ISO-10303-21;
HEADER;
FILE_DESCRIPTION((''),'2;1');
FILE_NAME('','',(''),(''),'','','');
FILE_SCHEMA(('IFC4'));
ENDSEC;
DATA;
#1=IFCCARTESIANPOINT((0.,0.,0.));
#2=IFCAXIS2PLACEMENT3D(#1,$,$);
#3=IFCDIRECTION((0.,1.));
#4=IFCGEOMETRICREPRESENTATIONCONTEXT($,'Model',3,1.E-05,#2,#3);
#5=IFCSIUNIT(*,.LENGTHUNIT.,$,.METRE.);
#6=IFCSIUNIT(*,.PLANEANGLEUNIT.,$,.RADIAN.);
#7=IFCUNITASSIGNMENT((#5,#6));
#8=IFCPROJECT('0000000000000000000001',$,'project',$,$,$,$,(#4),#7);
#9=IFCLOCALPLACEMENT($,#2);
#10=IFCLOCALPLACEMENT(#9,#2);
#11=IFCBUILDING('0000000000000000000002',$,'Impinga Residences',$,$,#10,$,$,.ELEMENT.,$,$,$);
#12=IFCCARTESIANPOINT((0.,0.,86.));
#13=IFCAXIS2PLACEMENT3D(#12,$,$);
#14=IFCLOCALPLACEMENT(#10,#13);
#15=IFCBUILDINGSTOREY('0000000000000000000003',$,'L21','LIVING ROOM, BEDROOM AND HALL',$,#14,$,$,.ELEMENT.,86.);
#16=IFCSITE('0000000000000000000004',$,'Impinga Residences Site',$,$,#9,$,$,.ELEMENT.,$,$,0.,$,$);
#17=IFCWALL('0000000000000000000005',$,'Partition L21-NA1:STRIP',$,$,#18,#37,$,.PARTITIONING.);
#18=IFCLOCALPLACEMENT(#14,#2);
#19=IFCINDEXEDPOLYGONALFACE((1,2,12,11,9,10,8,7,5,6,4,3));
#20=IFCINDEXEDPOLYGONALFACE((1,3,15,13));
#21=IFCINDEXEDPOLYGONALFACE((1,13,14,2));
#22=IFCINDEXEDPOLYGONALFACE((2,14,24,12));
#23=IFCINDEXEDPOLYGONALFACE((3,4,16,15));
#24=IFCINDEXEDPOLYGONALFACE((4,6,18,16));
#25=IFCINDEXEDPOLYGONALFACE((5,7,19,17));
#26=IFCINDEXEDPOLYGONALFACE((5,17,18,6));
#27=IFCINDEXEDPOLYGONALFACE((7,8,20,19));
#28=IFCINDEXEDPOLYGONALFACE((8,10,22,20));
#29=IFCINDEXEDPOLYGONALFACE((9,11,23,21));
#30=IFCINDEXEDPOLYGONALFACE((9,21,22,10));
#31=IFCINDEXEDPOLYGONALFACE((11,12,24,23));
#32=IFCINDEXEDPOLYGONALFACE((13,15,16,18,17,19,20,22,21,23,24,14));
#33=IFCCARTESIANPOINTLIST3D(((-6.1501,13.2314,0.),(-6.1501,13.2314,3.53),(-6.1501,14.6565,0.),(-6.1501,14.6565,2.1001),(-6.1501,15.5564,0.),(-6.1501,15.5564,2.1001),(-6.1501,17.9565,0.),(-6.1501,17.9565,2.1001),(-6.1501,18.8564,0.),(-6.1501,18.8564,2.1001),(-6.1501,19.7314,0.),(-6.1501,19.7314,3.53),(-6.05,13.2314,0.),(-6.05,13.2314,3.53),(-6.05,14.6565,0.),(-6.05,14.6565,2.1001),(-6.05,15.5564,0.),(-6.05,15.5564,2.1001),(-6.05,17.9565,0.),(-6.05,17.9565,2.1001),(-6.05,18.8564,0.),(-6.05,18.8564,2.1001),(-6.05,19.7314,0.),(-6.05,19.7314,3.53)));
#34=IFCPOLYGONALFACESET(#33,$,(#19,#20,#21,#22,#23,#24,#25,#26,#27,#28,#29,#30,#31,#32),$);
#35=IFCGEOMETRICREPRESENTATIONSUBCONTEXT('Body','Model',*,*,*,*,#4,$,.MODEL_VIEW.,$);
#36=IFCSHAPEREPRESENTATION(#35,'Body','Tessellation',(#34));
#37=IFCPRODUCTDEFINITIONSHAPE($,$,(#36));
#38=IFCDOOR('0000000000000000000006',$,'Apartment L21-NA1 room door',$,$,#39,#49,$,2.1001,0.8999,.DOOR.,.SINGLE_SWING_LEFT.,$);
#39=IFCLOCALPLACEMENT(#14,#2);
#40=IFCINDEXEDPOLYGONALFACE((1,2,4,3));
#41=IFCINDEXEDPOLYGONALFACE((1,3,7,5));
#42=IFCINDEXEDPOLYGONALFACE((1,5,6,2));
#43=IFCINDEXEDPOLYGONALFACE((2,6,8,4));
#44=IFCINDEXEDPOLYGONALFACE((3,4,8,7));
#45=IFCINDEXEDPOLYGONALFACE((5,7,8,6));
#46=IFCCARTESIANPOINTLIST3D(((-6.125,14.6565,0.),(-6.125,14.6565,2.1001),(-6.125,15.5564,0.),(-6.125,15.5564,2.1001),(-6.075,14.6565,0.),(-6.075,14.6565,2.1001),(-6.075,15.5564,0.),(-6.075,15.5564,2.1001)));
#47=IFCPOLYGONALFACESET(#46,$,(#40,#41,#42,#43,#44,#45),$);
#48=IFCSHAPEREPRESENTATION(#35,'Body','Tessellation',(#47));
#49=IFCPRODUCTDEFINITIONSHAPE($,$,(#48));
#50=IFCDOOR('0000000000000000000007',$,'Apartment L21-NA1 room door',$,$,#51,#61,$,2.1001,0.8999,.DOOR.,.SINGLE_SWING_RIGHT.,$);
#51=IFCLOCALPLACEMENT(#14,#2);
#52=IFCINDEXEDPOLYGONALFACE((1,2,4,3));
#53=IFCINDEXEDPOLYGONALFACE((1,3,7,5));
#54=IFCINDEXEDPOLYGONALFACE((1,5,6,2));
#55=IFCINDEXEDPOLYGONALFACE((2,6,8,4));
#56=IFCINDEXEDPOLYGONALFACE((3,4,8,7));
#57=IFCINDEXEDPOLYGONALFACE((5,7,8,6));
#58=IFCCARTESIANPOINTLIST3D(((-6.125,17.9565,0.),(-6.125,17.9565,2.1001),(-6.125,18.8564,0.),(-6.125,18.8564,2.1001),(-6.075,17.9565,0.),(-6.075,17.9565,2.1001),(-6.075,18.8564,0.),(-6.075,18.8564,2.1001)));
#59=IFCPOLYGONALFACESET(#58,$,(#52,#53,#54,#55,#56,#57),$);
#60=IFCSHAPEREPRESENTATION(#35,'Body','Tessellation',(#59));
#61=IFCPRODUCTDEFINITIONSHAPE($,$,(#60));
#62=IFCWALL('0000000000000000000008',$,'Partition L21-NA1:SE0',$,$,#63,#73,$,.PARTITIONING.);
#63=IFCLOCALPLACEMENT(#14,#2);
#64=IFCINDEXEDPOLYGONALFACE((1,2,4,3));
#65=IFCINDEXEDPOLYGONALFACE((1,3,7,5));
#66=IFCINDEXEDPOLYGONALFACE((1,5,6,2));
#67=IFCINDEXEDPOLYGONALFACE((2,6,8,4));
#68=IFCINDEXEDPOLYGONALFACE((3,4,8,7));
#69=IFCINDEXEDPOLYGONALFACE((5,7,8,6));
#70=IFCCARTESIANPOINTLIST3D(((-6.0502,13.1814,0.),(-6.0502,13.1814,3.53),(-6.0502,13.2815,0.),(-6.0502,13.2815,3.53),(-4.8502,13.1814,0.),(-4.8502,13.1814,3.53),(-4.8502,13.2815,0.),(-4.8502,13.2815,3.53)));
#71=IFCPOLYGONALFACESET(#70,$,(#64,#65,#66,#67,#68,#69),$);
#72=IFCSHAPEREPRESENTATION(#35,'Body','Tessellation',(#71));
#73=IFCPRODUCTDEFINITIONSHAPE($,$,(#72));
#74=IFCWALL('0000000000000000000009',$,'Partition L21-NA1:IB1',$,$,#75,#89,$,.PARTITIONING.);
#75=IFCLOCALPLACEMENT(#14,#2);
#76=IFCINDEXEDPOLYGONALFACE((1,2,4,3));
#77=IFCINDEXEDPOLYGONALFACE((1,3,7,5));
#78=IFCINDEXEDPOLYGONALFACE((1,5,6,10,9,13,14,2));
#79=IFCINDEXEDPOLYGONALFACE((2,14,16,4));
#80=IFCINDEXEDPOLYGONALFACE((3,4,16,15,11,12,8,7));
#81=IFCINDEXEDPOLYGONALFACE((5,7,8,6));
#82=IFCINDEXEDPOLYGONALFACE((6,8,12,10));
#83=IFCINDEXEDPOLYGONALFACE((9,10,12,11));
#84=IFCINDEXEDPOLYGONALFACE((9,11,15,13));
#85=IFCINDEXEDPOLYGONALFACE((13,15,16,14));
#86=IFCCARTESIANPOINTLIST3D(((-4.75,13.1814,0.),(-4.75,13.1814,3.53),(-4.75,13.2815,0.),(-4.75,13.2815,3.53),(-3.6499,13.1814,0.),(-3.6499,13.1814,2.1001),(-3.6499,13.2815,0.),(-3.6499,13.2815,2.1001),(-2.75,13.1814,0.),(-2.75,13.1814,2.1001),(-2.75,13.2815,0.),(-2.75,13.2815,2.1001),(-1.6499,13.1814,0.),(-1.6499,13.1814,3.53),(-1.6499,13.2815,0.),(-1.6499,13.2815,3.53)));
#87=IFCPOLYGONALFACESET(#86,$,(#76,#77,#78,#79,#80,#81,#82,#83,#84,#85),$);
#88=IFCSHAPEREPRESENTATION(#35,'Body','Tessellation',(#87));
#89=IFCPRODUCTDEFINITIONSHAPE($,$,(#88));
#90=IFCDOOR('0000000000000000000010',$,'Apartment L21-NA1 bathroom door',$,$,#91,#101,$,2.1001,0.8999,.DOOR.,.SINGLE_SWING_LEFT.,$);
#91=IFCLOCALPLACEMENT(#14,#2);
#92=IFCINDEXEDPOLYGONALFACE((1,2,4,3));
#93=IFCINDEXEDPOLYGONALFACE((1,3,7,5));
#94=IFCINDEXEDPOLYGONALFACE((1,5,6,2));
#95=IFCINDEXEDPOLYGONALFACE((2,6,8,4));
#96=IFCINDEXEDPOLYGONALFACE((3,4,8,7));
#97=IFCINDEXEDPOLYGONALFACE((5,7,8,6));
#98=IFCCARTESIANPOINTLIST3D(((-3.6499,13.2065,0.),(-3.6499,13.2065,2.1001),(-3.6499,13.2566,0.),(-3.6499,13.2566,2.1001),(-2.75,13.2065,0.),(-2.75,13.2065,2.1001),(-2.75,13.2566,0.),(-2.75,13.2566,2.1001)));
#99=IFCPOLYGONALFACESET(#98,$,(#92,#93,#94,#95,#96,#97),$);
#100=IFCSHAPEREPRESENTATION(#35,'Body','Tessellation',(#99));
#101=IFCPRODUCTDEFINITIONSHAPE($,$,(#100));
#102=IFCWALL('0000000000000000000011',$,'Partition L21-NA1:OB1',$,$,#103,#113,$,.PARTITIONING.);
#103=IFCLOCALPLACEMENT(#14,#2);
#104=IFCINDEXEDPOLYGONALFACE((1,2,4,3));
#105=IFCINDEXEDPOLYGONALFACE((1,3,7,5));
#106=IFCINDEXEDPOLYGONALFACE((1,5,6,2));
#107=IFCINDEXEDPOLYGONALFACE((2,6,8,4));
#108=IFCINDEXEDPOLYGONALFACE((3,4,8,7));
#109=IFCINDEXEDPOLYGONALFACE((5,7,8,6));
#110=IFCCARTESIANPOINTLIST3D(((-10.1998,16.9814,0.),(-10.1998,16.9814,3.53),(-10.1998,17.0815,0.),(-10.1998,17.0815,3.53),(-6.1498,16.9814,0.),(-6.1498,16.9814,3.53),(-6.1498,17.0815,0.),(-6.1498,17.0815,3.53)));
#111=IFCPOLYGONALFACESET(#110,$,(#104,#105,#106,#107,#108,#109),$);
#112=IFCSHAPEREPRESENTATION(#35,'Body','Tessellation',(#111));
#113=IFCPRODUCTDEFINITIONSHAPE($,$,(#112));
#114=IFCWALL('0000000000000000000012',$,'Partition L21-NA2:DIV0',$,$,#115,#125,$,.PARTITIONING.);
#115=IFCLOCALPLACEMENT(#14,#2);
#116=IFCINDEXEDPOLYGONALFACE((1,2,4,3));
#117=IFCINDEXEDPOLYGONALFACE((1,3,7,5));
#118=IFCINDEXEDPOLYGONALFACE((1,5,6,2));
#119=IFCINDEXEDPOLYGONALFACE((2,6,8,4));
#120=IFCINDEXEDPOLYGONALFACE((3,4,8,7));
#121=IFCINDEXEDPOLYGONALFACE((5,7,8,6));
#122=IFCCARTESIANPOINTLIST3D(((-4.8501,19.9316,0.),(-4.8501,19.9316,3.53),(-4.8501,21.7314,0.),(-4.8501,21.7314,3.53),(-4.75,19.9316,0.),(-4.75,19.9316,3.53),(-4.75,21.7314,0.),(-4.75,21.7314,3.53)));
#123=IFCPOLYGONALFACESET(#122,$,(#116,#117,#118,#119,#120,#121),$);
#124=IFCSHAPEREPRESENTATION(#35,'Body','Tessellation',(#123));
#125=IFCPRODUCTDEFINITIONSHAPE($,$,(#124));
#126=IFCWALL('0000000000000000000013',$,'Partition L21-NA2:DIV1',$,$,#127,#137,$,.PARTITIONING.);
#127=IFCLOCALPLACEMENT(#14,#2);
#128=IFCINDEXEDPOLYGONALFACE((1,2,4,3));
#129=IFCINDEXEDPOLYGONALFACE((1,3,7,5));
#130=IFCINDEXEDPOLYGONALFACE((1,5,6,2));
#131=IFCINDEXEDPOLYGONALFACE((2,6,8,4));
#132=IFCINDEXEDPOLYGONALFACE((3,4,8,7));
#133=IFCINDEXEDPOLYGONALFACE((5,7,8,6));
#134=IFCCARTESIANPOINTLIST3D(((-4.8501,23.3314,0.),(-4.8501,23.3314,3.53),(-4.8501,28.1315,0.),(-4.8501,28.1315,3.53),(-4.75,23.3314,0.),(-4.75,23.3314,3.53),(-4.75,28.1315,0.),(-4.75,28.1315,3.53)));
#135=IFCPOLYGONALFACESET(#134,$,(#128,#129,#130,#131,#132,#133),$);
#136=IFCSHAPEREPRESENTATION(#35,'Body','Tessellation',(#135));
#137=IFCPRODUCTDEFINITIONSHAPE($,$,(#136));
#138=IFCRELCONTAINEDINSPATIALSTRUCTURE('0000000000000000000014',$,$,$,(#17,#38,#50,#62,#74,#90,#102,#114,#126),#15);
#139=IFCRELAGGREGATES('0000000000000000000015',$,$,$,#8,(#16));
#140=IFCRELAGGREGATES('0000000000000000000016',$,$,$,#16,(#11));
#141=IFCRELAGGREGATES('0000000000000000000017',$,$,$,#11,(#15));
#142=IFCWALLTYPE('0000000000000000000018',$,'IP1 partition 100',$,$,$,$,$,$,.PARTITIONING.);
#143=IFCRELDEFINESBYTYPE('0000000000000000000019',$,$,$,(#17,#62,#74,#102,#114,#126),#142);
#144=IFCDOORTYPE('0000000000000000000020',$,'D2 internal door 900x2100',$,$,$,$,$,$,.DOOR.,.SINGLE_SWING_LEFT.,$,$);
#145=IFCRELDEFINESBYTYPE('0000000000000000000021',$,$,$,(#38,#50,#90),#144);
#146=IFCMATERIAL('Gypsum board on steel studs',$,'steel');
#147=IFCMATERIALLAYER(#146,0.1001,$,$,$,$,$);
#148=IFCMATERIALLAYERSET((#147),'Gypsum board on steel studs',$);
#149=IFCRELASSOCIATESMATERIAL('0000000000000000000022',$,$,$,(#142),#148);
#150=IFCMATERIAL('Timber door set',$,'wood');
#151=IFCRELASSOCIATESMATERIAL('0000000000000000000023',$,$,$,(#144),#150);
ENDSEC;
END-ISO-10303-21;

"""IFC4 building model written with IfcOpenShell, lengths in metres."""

from ifc_helpers import new_model, si_unit, direction, frame, frame_2d, origin, place, context, subcontext, project, spatial, rectangle, extrude, material, layer, layer_set, type_object, element, fill, save


model = new_model("IFC4")

# Units and contexts
model_context = context("Model", 3, precision=1e-05, world=origin(), true_north=direction((0.0, 1.0)))
body_context = subcontext(model_context, "Body", "Model", "MODEL_VIEW")
ifc_project = project(units=[si_unit("LENGTHUNIT", "METRE"), si_unit("PLANEANGLEUNIT", "RADIAN")], contexts=[model_context])

# Site, building, storey
site_placement = place(None, origin())
site = spatial("IfcSite", under=ifc_project, at=site_placement, Name="Impinga Residences Site", CompositionType="ELEMENT", RefElevation=0.0)
building_placement = place(site_placement, origin())
building = spatial("IfcBuilding", under=site, at=building_placement, Name="Impinga Residences", CompositionType="ELEMENT")
storey_placement = place(building_placement, frame((0.0, 0.0, 86.0)))
storey = spatial("IfcBuildingStorey", under=building, at=storey_placement, Name="L21", Description="LIVING ROOM, BEDROOM AND HALL", CompositionType="ELEMENT", Elevation=86.0)

# Shared definitions
ifc_material_1 = material(Name="Gypsum board on steel studs", Category="steel")
ifc_layer_1 = layer(ifc_material_1, 0.1001)
ifc_layer_set_1 = layer_set([ifc_layer_1], Name="Gypsum board on steel studs")
wall_type_1 = type_object("IfcWallType", Name="IP1 partition 100", PredefinedType="PARTITIONING", material=ifc_layer_set_1)

# Wall, openings, doors
wall_1_placement = place(storey_placement, frame((-6.1001, 13.2314, 0.0), z_axis=(0.0, 0.0, 1.0), x_axis=(0.0, 1.0, 0.0)))
wall_1 = element("IfcWall", 1, at=wall_1_placement, inside=storey, type_object=wall_type_1, Name="Partition L21-NA1:STRIP", PredefinedType="PARTITIONING", context=body_context, shape_type="SweptSolid", body=[
    extrude(rectangle(XDim=6.5, YDim=0.1001, at=frame_2d((3.25, 0.0))), origin(), (0.0, 0.0, 1.0), 3.53),
])
opening_1_placement = place(wall_1_placement, frame((1.425, 0.0, 0.0)))
opening_1 = element("IfcOpeningElement", 2, at=opening_1_placement, cuts=wall_1, PredefinedType="OPENING", context=body_context, shape_type="SweptSolid", body=[
    extrude(rectangle(XDim=0.8999, YDim=2.1001, at=frame_2d((0.45, 1.05))), frame((0.0, 0.0601, 0.0), z_axis=(0.0, -1.0, 0.0), x_axis=(1.0, 0.0, 0.0)), (0.0, 0.0, 1.0), 0.1201),
])
opening_2_placement = place(wall_1_placement, frame((4.7251, 0.0, 0.0)))
opening_2 = element("IfcOpeningElement", 3, at=opening_2_placement, cuts=wall_1, PredefinedType="OPENING", context=body_context, shape_type="SweptSolid", body=[
    extrude(rectangle(XDim=0.8999, YDim=2.1001, at=frame_2d((0.45, 1.05))), frame((0.0, 0.0601, 0.0), z_axis=(0.0, -1.0, 0.0), x_axis=(1.0, 0.0, 0.0)), (0.0, 0.0, 1.0), 0.1201),
])
ifc_material_2 = material(Name="Timber door set", Category="wood")
door_type = type_object("IfcDoorType", Name="D2 internal door 900x2100", OperationType="SINGLE_SWING_LEFT", PredefinedType="DOOR", material=ifc_material_2)
door_1_placement = place(opening_1_placement, origin())
door_1 = element("IfcDoor", 4, at=door_1_placement, inside=storey, type_object=door_type, Name="Apartment L21-NA1 room door", OperationType="SINGLE_SWING_LEFT", OverallHeight=2.1001, OverallWidth=0.8999, PredefinedType="DOOR", context=body_context, shape_type="SweptSolid", body=[
    extrude(rectangle(XDim=0.8999, YDim=2.1001, at=frame_2d((0.45, 1.05))), frame((0.0, 0.0249, 0.0), z_axis=(0.0, -1.0, 0.0), x_axis=(1.0, 0.0, 0.0)), (0.0, 0.0, 1.0), 0.05),
])
fill(opening_1, door_1)
door_2_placement = place(opening_2_placement, origin())
door_2 = element("IfcDoor", 5, at=door_2_placement, inside=storey, type_object=door_type, Name="Apartment L21-NA1 room door", OperationType="SINGLE_SWING_RIGHT", OverallHeight=2.1001, OverallWidth=0.8999, PredefinedType="DOOR", context=body_context, shape_type="SweptSolid", body=[
    extrude(rectangle(XDim=0.8999, YDim=2.1001, at=frame_2d((0.45, 1.05))), frame((0.0, 0.0249, 0.0), z_axis=(0.0, -1.0, 0.0), x_axis=(1.0, 0.0, 0.0)), (0.0, 0.0, 1.0), 0.05),
])
fill(opening_2, door_2)

# Wall
wall_2_placement = place(storey_placement, frame((-4.8501, 13.2314, 0.0), z_axis=(0.0, 0.0, 1.0), x_axis=(-1.0, 0.0, 0.0)))
element("IfcWall", 6, at=wall_2_placement, inside=storey, type_object=wall_type_1, Name="Partition L21-NA1:SE0", PredefinedType="PARTITIONING", context=body_context, shape_type="SweptSolid", body=[
    extrude(rectangle(XDim=1.2, YDim=0.1001, at=frame_2d((0.6001, 0.0))), origin(), (0.0, 0.0, 1.0), 3.53),
])

# Wall, opening, door
wall_3_placement = place(storey_placement, frame((-1.6499, 13.2314, 0.0), z_axis=(0.0, 0.0, 1.0), x_axis=(-1.0, 0.0, 0.0)))
wall_3 = element("IfcWall", 7, at=wall_3_placement, inside=storey, type_object=wall_type_1, Name="Partition L21-NA1:IB1", PredefinedType="PARTITIONING", context=body_context, shape_type="SweptSolid", body=[
    extrude(rectangle(XDim=3.1001, YDim=0.1001, at=frame_2d((1.55, 0.0))), origin(), (0.0, 0.0, 1.0), 3.53),
])
opening_3_placement = place(wall_3_placement, frame((1.1001, 0.0, 0.0)))
opening_3 = element("IfcOpeningElement", 8, at=opening_3_placement, cuts=wall_3, PredefinedType="OPENING", context=body_context, shape_type="SweptSolid", body=[
    extrude(rectangle(XDim=0.8999, YDim=2.1001, at=frame_2d((0.45, 1.05))), frame((0.0, 0.0601, 0.0), z_axis=(0.0, -1.0, 0.0), x_axis=(1.0, 0.0, 0.0)), (0.0, 0.0, 1.0), 0.1201),
])
door_3_placement = place(opening_3_placement, origin())
door_3 = element("IfcDoor", 9, at=door_3_placement, inside=storey, type_object=door_type, Name="Apartment L21-NA1 bathroom door", OperationType="SINGLE_SWING_LEFT", OverallHeight=2.1001, OverallWidth=0.8999, PredefinedType="DOOR", context=body_context, shape_type="SweptSolid", body=[
    extrude(rectangle(XDim=0.8999, YDim=2.1001, at=frame_2d((0.45, 1.05))), frame((0.0, 0.0249, 0.0), z_axis=(0.0, -1.0, 0.0), x_axis=(1.0, 0.0, 0.0)), (0.0, 0.0, 1.0), 0.05),
])
fill(opening_3, door_3)

# Walls
wall_4_placement = place(storey_placement, frame((-6.1499, 17.0315, 0.0), z_axis=(0.0, 0.0, 1.0), x_axis=(-1.0, 0.0, 0.0)))
element("IfcWall", 10, at=wall_4_placement, inside=storey, type_object=wall_type_1, Name="Partition L21-NA1:OB1", PredefinedType="PARTITIONING", context=body_context, shape_type="SweptSolid", body=[
    extrude(rectangle(XDim=4.05, YDim=0.1001, at=frame_2d((2.0249, 0.0))), origin(), (0.0, 0.0, 1.0), 3.53),
])
wall_5_placement = place(storey_placement, frame((-4.8, 19.9316, 0.0), z_axis=(0.0, 0.0, 1.0), x_axis=(0.0, 1.0, 0.0)))
element("IfcWall", 11, at=wall_5_placement, inside=storey, type_object=wall_type_1, Name="Partition L21-NA2:DIV0", PredefinedType="PARTITIONING", context=body_context, shape_type="SweptSolid", body=[
    extrude(rectangle(XDim=1.7998, YDim=0.1001, at=frame_2d((0.8999, 0.0))), origin(), (0.0, 0.0, 1.0), 3.53),
])
wall_6_placement = place(storey_placement, frame((-4.8, 23.3315, 0.0), z_axis=(0.0, 0.0, 1.0), x_axis=(0.0, 1.0, 0.0)))
element("IfcWall", 12, at=wall_6_placement, inside=storey, type_object=wall_type_1, Name="Partition L21-NA2:DIV1", PredefinedType="PARTITIONING", context=body_context, shape_type="SweptSolid", body=[
    extrude(rectangle(XDim=4.8, YDim=0.1001, at=frame_2d((2.3999, 0.0))), origin(), (0.0, 0.0, 1.0), 3.53),
])

save(model, "model.ifc")
